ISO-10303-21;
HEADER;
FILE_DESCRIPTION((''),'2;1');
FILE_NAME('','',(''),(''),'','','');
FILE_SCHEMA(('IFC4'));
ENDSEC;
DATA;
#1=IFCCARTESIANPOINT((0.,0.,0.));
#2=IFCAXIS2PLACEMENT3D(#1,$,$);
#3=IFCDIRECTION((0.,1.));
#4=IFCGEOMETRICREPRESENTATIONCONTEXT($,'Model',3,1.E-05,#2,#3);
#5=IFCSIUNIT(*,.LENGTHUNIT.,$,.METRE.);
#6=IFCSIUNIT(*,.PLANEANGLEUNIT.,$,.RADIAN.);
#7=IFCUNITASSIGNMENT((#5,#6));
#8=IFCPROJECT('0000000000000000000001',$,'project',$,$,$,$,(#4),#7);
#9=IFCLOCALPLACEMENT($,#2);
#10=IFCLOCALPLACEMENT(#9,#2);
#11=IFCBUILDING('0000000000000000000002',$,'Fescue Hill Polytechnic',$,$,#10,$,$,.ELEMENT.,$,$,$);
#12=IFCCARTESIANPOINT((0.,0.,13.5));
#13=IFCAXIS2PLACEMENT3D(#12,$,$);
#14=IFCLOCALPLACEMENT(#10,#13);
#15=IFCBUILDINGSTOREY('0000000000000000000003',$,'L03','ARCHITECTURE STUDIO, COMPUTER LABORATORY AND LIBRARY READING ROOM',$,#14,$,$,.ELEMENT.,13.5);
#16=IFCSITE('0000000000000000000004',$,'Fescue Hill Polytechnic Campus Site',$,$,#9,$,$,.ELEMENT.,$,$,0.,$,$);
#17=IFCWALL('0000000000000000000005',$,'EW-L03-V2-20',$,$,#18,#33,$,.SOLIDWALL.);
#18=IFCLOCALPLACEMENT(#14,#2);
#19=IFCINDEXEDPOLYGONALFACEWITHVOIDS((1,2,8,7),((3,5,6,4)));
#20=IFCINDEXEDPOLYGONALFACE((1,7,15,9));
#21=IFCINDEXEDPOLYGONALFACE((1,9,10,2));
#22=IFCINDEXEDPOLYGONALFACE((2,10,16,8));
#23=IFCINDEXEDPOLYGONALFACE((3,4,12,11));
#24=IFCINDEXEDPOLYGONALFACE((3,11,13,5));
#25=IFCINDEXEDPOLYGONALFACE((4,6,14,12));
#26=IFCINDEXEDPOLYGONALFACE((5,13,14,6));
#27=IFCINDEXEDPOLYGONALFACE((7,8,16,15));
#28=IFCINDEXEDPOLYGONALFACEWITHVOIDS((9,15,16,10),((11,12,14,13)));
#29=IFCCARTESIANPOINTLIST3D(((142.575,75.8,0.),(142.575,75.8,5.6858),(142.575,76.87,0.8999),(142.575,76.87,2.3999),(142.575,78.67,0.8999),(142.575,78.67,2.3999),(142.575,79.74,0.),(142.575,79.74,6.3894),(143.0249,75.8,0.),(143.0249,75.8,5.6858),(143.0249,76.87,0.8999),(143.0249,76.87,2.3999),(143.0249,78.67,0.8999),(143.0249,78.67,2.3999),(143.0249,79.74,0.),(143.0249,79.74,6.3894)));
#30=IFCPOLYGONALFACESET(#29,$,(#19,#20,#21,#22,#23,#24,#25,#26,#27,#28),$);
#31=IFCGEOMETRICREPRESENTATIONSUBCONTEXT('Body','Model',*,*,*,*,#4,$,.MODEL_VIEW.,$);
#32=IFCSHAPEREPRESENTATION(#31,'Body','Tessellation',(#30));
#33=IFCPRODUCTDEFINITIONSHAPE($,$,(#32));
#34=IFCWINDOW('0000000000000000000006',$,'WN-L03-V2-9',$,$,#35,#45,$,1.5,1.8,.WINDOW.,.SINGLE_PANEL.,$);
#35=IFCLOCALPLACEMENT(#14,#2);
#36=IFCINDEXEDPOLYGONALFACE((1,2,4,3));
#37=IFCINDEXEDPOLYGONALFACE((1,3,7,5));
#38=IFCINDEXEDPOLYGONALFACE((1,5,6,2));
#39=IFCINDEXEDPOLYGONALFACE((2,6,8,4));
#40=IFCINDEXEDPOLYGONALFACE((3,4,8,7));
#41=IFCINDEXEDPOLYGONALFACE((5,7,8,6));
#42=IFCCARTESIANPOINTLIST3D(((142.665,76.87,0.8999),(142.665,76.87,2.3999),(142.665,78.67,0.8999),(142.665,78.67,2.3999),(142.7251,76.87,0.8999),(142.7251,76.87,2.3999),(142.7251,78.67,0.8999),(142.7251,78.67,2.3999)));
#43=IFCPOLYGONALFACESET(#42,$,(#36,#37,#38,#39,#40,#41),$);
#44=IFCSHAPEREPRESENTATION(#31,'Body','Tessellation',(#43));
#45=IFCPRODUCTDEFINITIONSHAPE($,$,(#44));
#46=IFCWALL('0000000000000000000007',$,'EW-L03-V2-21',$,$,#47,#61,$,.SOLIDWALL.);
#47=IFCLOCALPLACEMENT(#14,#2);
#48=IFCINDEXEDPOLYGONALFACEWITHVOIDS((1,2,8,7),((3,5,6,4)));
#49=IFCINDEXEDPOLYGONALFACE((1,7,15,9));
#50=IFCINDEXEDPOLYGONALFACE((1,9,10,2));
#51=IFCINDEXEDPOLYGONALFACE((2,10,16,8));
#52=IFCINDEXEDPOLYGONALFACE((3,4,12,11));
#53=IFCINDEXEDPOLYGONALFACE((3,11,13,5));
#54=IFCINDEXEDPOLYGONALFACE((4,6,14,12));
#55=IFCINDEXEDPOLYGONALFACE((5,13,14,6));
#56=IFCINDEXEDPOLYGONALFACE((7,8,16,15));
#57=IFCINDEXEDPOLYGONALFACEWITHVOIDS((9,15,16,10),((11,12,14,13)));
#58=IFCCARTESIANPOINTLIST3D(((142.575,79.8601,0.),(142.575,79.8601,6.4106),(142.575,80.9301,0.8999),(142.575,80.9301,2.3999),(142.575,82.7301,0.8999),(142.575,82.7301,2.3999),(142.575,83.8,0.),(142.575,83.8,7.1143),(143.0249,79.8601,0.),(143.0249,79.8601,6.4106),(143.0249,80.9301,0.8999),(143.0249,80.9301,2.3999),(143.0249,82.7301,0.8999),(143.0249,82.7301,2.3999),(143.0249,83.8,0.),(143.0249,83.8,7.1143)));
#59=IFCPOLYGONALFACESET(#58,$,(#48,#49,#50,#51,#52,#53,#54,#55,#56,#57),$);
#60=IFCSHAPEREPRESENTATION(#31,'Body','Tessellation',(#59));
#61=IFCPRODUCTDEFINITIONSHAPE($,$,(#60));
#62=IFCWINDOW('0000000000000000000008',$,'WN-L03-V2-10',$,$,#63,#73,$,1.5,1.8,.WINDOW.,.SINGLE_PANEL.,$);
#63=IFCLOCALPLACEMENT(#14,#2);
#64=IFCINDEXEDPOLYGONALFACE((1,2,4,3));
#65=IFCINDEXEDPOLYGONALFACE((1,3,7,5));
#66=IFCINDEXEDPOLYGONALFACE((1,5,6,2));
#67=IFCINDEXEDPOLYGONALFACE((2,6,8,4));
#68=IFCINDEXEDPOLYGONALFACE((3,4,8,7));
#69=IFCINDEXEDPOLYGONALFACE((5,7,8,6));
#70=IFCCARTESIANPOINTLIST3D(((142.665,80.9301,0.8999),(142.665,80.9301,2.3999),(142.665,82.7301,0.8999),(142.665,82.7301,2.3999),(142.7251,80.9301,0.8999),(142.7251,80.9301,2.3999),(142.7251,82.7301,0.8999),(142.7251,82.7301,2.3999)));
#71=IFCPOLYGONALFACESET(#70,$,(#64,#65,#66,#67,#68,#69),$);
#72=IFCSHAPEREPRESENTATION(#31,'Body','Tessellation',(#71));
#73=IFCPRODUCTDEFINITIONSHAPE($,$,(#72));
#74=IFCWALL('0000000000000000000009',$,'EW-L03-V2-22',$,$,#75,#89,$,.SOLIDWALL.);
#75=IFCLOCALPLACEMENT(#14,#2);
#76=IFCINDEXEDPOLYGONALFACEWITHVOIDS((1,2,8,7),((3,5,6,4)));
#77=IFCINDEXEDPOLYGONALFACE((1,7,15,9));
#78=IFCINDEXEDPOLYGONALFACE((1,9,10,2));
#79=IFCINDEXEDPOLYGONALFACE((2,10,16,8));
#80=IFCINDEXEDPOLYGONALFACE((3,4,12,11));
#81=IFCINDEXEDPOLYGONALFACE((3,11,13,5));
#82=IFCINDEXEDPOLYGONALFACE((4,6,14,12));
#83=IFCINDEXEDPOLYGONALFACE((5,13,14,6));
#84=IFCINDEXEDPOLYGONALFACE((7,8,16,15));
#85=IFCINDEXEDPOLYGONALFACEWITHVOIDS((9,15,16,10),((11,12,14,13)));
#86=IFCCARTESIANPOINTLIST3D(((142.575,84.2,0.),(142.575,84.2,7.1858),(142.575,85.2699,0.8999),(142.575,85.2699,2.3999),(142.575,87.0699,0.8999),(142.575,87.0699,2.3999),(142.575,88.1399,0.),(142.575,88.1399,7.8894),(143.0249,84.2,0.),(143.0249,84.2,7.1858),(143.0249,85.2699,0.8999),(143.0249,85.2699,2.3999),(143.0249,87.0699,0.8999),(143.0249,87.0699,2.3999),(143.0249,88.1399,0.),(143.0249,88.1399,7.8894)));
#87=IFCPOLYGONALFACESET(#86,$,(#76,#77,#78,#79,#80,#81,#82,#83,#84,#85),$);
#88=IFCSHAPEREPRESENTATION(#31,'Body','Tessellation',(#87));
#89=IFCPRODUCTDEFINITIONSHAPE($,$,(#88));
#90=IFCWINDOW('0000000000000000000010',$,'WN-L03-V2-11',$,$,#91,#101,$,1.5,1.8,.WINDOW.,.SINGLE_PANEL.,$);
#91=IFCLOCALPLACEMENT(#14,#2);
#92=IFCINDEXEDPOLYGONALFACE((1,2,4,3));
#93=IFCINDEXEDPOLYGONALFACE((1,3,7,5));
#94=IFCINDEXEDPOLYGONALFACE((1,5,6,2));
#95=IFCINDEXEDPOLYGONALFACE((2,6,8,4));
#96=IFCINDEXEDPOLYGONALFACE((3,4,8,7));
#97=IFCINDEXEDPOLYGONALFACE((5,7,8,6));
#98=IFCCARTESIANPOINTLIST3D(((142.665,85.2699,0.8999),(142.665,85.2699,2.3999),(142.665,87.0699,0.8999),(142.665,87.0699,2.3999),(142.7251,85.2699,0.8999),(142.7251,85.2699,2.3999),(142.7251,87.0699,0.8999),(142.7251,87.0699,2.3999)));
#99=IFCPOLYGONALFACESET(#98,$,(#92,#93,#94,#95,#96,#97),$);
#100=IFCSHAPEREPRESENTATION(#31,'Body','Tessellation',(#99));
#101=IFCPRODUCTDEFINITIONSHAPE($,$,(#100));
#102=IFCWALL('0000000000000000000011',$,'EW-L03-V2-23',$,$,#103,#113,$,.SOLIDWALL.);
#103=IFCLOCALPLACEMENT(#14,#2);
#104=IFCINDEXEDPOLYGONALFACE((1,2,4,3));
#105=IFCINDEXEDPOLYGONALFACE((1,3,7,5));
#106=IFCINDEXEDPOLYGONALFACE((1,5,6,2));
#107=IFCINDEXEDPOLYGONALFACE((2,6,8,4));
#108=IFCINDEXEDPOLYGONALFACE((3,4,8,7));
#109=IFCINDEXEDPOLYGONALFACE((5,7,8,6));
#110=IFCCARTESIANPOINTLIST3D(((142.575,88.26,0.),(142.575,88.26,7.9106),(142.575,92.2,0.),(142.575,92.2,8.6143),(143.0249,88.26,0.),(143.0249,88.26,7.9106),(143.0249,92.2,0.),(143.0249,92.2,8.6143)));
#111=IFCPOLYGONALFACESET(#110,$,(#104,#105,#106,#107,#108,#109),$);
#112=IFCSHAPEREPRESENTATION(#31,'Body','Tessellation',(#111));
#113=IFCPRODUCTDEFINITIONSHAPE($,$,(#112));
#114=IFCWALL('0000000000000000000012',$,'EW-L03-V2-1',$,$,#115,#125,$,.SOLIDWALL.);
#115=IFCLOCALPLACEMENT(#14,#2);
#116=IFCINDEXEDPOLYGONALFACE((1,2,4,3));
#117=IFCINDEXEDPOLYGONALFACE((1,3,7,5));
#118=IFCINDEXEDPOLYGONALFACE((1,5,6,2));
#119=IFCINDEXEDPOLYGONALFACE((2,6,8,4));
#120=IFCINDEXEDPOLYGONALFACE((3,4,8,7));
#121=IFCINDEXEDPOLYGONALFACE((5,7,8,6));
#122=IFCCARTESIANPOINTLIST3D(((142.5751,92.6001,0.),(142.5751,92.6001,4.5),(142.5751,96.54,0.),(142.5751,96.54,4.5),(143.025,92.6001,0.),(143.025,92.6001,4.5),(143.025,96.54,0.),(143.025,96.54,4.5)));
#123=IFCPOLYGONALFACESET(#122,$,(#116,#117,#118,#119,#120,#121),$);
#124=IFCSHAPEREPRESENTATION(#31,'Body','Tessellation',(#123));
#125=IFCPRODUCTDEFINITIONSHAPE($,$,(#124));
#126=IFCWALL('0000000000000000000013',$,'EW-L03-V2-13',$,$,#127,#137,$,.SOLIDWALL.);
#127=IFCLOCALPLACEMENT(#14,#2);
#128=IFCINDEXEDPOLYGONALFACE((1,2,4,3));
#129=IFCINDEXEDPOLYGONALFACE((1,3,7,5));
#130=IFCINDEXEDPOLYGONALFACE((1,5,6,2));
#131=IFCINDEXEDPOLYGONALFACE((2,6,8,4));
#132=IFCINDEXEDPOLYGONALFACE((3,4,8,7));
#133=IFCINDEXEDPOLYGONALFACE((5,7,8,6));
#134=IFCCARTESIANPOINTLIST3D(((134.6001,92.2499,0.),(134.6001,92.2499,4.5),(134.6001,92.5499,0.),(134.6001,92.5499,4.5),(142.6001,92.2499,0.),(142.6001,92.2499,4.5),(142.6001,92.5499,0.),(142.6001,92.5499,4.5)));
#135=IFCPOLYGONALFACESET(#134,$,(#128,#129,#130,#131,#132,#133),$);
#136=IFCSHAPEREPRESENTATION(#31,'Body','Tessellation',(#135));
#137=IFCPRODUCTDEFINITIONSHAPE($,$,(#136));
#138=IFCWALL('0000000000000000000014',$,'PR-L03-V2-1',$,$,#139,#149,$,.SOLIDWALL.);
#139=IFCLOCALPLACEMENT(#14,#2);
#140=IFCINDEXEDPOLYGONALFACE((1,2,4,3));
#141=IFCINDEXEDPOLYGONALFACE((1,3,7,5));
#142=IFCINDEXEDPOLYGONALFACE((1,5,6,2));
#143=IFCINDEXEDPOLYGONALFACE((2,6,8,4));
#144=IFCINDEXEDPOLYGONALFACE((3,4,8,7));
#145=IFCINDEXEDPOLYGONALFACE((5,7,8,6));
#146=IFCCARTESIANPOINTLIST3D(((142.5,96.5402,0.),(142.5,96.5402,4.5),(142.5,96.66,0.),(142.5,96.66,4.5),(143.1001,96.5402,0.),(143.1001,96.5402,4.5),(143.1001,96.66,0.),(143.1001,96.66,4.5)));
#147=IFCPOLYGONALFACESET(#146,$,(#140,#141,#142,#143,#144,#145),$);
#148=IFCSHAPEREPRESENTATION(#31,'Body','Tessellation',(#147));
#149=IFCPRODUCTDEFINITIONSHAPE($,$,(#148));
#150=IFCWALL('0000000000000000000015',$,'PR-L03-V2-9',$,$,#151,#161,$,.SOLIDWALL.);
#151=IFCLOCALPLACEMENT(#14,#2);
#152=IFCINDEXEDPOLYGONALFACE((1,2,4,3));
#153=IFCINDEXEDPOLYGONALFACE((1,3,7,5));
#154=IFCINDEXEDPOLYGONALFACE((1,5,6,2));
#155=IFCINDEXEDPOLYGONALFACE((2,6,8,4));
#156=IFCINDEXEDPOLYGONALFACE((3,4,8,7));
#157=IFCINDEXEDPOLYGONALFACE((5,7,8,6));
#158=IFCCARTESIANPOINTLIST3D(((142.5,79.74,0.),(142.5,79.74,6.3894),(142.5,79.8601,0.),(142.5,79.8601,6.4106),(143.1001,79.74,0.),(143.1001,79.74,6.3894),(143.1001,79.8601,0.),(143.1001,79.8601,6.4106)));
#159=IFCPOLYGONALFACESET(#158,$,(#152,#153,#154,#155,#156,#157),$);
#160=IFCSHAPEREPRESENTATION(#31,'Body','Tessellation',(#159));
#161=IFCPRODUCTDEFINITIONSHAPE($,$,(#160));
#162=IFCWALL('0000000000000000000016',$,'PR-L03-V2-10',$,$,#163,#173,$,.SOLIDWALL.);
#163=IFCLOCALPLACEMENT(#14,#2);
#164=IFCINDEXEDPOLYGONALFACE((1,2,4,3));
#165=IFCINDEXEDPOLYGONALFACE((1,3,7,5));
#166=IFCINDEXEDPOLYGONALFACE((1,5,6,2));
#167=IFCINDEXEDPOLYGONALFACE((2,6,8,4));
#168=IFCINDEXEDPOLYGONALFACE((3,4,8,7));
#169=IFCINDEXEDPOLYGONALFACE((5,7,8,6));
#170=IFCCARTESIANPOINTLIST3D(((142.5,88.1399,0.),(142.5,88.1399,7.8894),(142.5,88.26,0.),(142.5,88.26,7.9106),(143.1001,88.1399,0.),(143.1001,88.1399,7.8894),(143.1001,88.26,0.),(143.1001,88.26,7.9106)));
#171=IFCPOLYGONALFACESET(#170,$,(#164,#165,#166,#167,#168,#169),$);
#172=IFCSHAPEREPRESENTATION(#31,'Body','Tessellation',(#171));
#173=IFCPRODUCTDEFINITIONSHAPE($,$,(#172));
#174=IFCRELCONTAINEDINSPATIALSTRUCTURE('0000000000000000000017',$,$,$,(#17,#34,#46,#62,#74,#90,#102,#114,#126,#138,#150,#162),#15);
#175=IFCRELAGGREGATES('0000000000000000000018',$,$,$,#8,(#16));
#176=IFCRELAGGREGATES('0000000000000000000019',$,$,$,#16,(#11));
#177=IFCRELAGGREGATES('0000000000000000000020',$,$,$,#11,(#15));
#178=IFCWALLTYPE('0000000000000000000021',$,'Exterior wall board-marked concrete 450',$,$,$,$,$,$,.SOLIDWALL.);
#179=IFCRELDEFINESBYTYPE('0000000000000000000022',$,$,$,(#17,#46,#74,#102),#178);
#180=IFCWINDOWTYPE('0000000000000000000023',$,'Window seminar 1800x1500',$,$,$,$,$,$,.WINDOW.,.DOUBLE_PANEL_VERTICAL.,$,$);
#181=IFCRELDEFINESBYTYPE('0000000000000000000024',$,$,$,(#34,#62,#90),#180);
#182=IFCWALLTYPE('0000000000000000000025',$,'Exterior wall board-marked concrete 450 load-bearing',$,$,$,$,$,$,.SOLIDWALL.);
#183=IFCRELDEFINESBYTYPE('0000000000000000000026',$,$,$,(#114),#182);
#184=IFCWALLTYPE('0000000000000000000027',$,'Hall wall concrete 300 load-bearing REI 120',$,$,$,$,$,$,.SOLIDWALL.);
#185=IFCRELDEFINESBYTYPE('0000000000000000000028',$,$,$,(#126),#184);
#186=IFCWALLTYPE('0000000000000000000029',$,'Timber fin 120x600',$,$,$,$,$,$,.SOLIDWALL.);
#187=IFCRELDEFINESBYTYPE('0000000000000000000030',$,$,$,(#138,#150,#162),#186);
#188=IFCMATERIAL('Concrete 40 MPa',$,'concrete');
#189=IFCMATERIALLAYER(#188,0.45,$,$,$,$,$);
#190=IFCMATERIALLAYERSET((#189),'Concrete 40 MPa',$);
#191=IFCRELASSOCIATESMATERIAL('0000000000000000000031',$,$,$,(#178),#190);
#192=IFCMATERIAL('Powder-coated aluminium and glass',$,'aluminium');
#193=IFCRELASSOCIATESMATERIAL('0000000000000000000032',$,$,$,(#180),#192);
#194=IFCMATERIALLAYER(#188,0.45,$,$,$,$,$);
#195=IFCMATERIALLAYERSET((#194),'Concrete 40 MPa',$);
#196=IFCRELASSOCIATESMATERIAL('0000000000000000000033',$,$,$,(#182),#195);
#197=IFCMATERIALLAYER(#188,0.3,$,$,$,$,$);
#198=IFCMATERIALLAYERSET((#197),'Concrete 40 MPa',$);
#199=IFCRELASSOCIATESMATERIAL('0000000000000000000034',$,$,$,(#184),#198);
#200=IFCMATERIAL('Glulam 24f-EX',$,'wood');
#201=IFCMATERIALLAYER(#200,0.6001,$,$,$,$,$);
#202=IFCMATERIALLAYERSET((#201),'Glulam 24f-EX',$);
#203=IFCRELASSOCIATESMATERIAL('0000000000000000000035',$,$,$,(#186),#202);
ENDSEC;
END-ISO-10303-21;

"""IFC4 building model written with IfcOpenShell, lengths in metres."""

from ifc_helpers import new_model, si_unit, direction, frame, frame_2d, origin, place, context, subcontext, project, spatial, polyline, rectangle, outline, extrude, material, layer, layer_set, type_object, element, fill, save


model = new_model("IFC4")

# Units and contexts
model_context = context("Model", 3, precision=1e-05, world=origin(), true_north=direction((0.0, 1.0)))
body_context = subcontext(model_context, "Body", "Model", "MODEL_VIEW")
ifc_project = project(units=[si_unit("LENGTHUNIT", "METRE"), si_unit("PLANEANGLEUNIT", "RADIAN")], contexts=[model_context])

# Site, building, storey
site_placement = place(None, origin())
site = spatial("IfcSite", under=ifc_project, at=site_placement, Name="Fescue Hill Polytechnic Campus Site", CompositionType="ELEMENT", RefElevation=0.0)
building_placement = place(site_placement, origin())
building = spatial("IfcBuilding", under=site, at=building_placement, Name="Fescue Hill Polytechnic", CompositionType="ELEMENT")
storey_placement = place(building_placement, frame((0.0, 0.0, 13.5)))
storey = spatial("IfcBuildingStorey", under=building, at=storey_placement, Name="L03", Description="ARCHITECTURE STUDIO, COMPUTER LABORATORY AND LIBRARY READING ROOM", CompositionType="ELEMENT", Elevation=13.5)

# Shared definitions
ifc_material_1 = material(Name="Concrete 40 MPa", Category="concrete")

# Walls, openings, windows
ifc_layer_1 = layer(ifc_material_1, 0.45)
ifc_layer_set_1 = layer_set([ifc_layer_1], Name="Concrete 40 MPa")
wall_type_1 = type_object("IfcWallType", Name="Exterior wall board-marked concrete 450", PredefinedType="SOLIDWALL", material=ifc_layer_set_1)
wall_1_placement = place(storey_placement, frame((142.8, 75.8, 0.0), z_axis=(0.0, 0.0, 1.0), x_axis=(0.0, 1.0, 0.0)))
wall_1 = element("IfcWall", 1, at=wall_1_placement, inside=storey, type_object=wall_type_1, Name="EW-L03-V2-20", PredefinedType="SOLIDWALL", context=body_context, shape_type="SweptSolid", body=[
    extrude(outline(polyline([(0.0, 0.0), (3.9399, 0.0), (3.9399, 6.3894), (0.0, 5.6858), (0.0, 0.0)])), frame((0.0, 0.2251, 0.0), z_axis=(0.0, -1.0, 0.0), x_axis=(1.0, 0.0, 0.0)), (0.0, 0.0, 1.0), 0.45),
])
opening_1_placement = place(wall_1_placement, frame((1.0701, 0.0, 0.8999)))
opening_1 = element("IfcOpeningElement", 2, at=opening_1_placement, cuts=wall_1, PredefinedType="OPENING", context=body_context, shape_type="SweptSolid", body=[
    extrude(rectangle(XDim=1.8, YDim=1.5, at=frame_2d((0.8999, 0.75))), frame((0.0, 0.2349, 0.0), z_axis=(0.0, -1.0, 0.0), x_axis=(1.0, 0.0, 0.0)), (0.0, 0.0, 1.0), 0.47),
])
ifc_material_2 = material(Name="Powder-coated aluminium and glass", Category="aluminium")
window_type = type_object("IfcWindowType", Name="Window seminar 1800x1500", PartitioningType="DOUBLE_PANEL_VERTICAL", PredefinedType="WINDOW", material=ifc_material_2)
window_1_placement = place(opening_1_placement, origin())
window_1 = element("IfcWindow", 3, at=window_1_placement, inside=storey, type_object=window_type, Name="WN-L03-V2-9", OverallHeight=1.5, OverallWidth=1.8, PartitioningType="SINGLE_PANEL", PredefinedType="WINDOW", context=body_context, shape_type="SweptSolid", body=[
    extrude(rectangle(XDim=1.8, YDim=1.5, at=frame_2d((0.8999, 0.75))), frame((0.0, 0.135, 0.0), z_axis=(0.0, -1.0, 0.0), x_axis=(1.0, 0.0, 0.0)), (0.0, 0.0, 1.0), 0.0601),
])
fill(opening_1, window_1)
wall_2_placement = place(storey_placement, frame((142.8, 79.8601, 0.0), z_axis=(0.0, 0.0, 1.0), x_axis=(0.0, 1.0, 0.0)))
wall_2 = element("IfcWall", 4, at=wall_2_placement, inside=storey, type_object=wall_type_1, Name="EW-L03-V2-21", PredefinedType="SOLIDWALL", context=body_context, shape_type="SweptSolid", body=[
    extrude(outline(polyline([(0.0, 0.0), (3.9399, 0.0), (3.9399, 7.1143), (0.0, 6.4106), (0.0, 0.0)])), frame((0.0, 0.2251, 0.0), z_axis=(0.0, -1.0, 0.0), x_axis=(1.0, 0.0, 0.0)), (0.0, 0.0, 1.0), 0.45),
])
opening_2_placement = place(wall_2_placement, frame((1.0701, 0.0, 0.8999)))
opening_2 = element("IfcOpeningElement", 5, at=opening_2_placement, cuts=wall_2, PredefinedType="OPENING", context=body_context, shape_type="SweptSolid", body=[
    extrude(rectangle(XDim=1.8, YDim=1.5, at=frame_2d((0.8999, 0.75))), frame((0.0, 0.2349, 0.0), z_axis=(0.0, -1.0, 0.0), x_axis=(1.0, 0.0, 0.0)), (0.0, 0.0, 1.0), 0.47),
])
window_2_placement = place(opening_2_placement, origin())
window_2 = element("IfcWindow", 6, at=window_2_placement, inside=storey, type_object=window_type, Name="WN-L03-V2-10", OverallHeight=1.5, OverallWidth=1.8, PartitioningType="SINGLE_PANEL", PredefinedType="WINDOW", context=body_context, shape_type="SweptSolid", body=[
    extrude(rectangle(XDim=1.8, YDim=1.5, at=frame_2d((0.8999, 0.75))), frame((0.0, 0.135, 0.0), z_axis=(0.0, -1.0, 0.0), x_axis=(1.0, 0.0, 0.0)), (0.0, 0.0, 1.0), 0.0601),
])
fill(opening_2, window_2)
wall_3_placement = place(storey_placement, frame((142.8, 84.2, 0.0), z_axis=(0.0, 0.0, 1.0), x_axis=(0.0, 1.0, 0.0)))
wall_3 = element("IfcWall", 7, at=wall_3_placement, inside=storey, type_object=wall_type_1, Name="EW-L03-V2-22", PredefinedType="SOLIDWALL", context=body_context, shape_type="SweptSolid", body=[
    extrude(outline(polyline([(0.0, 0.0), (3.9399, 0.0), (3.9399, 7.8894), (0.0, 7.1858), (0.0, 0.0)])), frame((0.0, 0.2251, 0.0), z_axis=(0.0, -1.0, 0.0), x_axis=(1.0, 0.0, 0.0)), (0.0, 0.0, 1.0), 0.45),
])
opening_3_placement = place(wall_3_placement, frame((1.0701, 0.0, 0.8999)))
opening_3 = element("IfcOpeningElement", 8, at=opening_3_placement, cuts=wall_3, PredefinedType="OPENING", context=body_context, shape_type="SweptSolid", body=[
    extrude(rectangle(XDim=1.8, YDim=1.5, at=frame_2d((0.8999, 0.75))), frame((0.0, 0.2349, 0.0), z_axis=(0.0, -1.0, 0.0), x_axis=(1.0, 0.0, 0.0)), (0.0, 0.0, 1.0), 0.47),
])
window_3_placement = place(opening_3_placement, origin())
window_3 = element("IfcWindow", 9, at=window_3_placement, inside=storey, type_object=window_type, Name="WN-L03-V2-11", OverallHeight=1.5, OverallWidth=1.8, PartitioningType="SINGLE_PANEL", PredefinedType="WINDOW", context=body_context, shape_type="SweptSolid", body=[
    extrude(rectangle(XDim=1.8, YDim=1.5, at=frame_2d((0.8999, 0.75))), frame((0.0, 0.135, 0.0), z_axis=(0.0, -1.0, 0.0), x_axis=(1.0, 0.0, 0.0)), (0.0, 0.0, 1.0), 0.0601),
])
fill(opening_3, window_3)

# Walls
wall_4_placement = place(storey_placement, frame((142.8, 88.26, 0.0), z_axis=(0.0, 0.0, 1.0), x_axis=(0.0, 1.0, 0.0)))
element("IfcWall", 10, at=wall_4_placement, inside=storey, type_object=wall_type_1, Name="EW-L03-V2-23", PredefinedType="SOLIDWALL", context=body_context, shape_type="SweptSolid", body=[
    extrude(outline(polyline([(0.0, 0.0), (3.9399, 0.0), (3.9399, 8.6143), (0.0, 7.9106), (0.0, 0.0)])), frame((0.0, 0.2251, 0.0), z_axis=(0.0, -1.0, 0.0), x_axis=(1.0, 0.0, 0.0)), (0.0, 0.0, 1.0), 0.45),
])
ifc_layer_2 = layer(ifc_material_1, 0.45)
ifc_layer_set_2 = layer_set([ifc_layer_2], Name="Concrete 40 MPa")
wall_type_2 = type_object("IfcWallType", Name="Exterior wall board-marked concrete 450 load-bearing", PredefinedType="SOLIDWALL", material=ifc_layer_set_2)
wall_5_placement = place(storey_placement, frame((142.8, 92.6001, 0.0), z_axis=(0.0, 0.0, 1.0), x_axis=(0.0, 1.0, 0.0)))
element("IfcWall", 11, at=wall_5_placement, inside=storey, type_object=wall_type_2, Name="EW-L03-V2-1", PredefinedType="SOLIDWALL", context=body_context, shape_type="SweptSolid", body=[
    extrude(rectangle(XDim=3.9399, YDim=0.45, at=frame_2d((1.97, 0.0))), origin(), (0.0, 0.0, 1.0), 4.5),
])
ifc_layer_3 = layer(ifc_material_1, 0.3)
ifc_layer_set_3 = layer_set([ifc_layer_3], Name="Concrete 40 MPa")
wall_type_3 = type_object("IfcWallType", Name="Hall wall concrete 300 load-bearing REI 120", PredefinedType="SOLIDWALL", material=ifc_layer_set_3)
wall_6_placement = place(storey_placement, frame((134.6001, 92.3999, 0.0), z_axis=(0.0, 0.0, 1.0), x_axis=(1.0, 0.0, 0.0)))
element("IfcWall", 12, at=wall_6_placement, inside=storey, type_object=wall_type_3, Name="EW-L03-V2-13", PredefinedType="SOLIDWALL", context=body_context, shape_type="SweptSolid", body=[
    extrude(rectangle(XDim=8.0, YDim=0.3, at=frame_2d((4.0, 0.0))), origin(), (0.0, 0.0, 1.0), 4.5),
])
ifc_material_3 = material(Name="Glulam 24f-EX", Category="wood")
ifc_layer_4 = layer(ifc_material_3, 0.6001)
ifc_layer_set_4 = layer_set([ifc_layer_4], Name="Glulam 24f-EX")
wall_type_4 = type_object("IfcWallType", Name="Timber fin 120x600", PredefinedType="SOLIDWALL", material=ifc_layer_set_4)
wall_7_placement = place(storey_placement, frame((142.8, 96.54, 0.0), z_axis=(0.0, 0.0, 1.0), x_axis=(0.0, 1.0, 0.0)))
element("IfcWall", 13, at=wall_7_placement, inside=storey, type_object=wall_type_4, Name="PR-L03-V2-1", PredefinedType="SOLIDWALL", context=body_context, shape_type="SweptSolid", body=[
    extrude(rectangle(XDim=0.1199, YDim=0.6001, at=frame_2d((0.0601, 0.0))), origin(), (0.0, 0.0, 1.0), 4.5),
])
wall_8_placement = place(storey_placement, frame((142.8, 79.74, 0.0), z_axis=(0.0, 0.0, 1.0), x_axis=(0.0, 1.0, 0.0)))
element("IfcWall", 14, at=wall_8_placement, inside=storey, type_object=wall_type_4, Name="PR-L03-V2-9", PredefinedType="SOLIDWALL", context=body_context, shape_type="SweptSolid", body=[
    extrude(outline(polyline([(0.0, 0.0), (0.1201, 0.0), (0.1201, 6.4106), (0.0, 6.3894), (0.0, 0.0)])), frame((0.0, 0.3, 0.0), z_axis=(0.0, -1.0, 0.0), x_axis=(1.0, 0.0, 0.0)), (0.0, 0.0, 1.0), 0.6001),
])
wall_9_placement = place(storey_placement, frame((142.8, 88.1399, 0.0), z_axis=(0.0, 0.0, 1.0), x_axis=(0.0, 1.0, 0.0)))
element("IfcWall", 15, at=wall_9_placement, inside=storey, type_object=wall_type_4, Name="PR-L03-V2-10", PredefinedType="SOLIDWALL", context=body_context, shape_type="SweptSolid", body=[
    extrude(outline(polyline([(0.0, 0.0), (0.1201, 0.0), (0.1201, 7.9106), (0.0, 7.8894), (0.0, 0.0)])), frame((0.0, 0.3, 0.0), z_axis=(0.0, -1.0, 0.0), x_axis=(1.0, 0.0, 0.0)), (0.0, 0.0, 1.0), 0.6001),
])

save(model, "model.ifc")
